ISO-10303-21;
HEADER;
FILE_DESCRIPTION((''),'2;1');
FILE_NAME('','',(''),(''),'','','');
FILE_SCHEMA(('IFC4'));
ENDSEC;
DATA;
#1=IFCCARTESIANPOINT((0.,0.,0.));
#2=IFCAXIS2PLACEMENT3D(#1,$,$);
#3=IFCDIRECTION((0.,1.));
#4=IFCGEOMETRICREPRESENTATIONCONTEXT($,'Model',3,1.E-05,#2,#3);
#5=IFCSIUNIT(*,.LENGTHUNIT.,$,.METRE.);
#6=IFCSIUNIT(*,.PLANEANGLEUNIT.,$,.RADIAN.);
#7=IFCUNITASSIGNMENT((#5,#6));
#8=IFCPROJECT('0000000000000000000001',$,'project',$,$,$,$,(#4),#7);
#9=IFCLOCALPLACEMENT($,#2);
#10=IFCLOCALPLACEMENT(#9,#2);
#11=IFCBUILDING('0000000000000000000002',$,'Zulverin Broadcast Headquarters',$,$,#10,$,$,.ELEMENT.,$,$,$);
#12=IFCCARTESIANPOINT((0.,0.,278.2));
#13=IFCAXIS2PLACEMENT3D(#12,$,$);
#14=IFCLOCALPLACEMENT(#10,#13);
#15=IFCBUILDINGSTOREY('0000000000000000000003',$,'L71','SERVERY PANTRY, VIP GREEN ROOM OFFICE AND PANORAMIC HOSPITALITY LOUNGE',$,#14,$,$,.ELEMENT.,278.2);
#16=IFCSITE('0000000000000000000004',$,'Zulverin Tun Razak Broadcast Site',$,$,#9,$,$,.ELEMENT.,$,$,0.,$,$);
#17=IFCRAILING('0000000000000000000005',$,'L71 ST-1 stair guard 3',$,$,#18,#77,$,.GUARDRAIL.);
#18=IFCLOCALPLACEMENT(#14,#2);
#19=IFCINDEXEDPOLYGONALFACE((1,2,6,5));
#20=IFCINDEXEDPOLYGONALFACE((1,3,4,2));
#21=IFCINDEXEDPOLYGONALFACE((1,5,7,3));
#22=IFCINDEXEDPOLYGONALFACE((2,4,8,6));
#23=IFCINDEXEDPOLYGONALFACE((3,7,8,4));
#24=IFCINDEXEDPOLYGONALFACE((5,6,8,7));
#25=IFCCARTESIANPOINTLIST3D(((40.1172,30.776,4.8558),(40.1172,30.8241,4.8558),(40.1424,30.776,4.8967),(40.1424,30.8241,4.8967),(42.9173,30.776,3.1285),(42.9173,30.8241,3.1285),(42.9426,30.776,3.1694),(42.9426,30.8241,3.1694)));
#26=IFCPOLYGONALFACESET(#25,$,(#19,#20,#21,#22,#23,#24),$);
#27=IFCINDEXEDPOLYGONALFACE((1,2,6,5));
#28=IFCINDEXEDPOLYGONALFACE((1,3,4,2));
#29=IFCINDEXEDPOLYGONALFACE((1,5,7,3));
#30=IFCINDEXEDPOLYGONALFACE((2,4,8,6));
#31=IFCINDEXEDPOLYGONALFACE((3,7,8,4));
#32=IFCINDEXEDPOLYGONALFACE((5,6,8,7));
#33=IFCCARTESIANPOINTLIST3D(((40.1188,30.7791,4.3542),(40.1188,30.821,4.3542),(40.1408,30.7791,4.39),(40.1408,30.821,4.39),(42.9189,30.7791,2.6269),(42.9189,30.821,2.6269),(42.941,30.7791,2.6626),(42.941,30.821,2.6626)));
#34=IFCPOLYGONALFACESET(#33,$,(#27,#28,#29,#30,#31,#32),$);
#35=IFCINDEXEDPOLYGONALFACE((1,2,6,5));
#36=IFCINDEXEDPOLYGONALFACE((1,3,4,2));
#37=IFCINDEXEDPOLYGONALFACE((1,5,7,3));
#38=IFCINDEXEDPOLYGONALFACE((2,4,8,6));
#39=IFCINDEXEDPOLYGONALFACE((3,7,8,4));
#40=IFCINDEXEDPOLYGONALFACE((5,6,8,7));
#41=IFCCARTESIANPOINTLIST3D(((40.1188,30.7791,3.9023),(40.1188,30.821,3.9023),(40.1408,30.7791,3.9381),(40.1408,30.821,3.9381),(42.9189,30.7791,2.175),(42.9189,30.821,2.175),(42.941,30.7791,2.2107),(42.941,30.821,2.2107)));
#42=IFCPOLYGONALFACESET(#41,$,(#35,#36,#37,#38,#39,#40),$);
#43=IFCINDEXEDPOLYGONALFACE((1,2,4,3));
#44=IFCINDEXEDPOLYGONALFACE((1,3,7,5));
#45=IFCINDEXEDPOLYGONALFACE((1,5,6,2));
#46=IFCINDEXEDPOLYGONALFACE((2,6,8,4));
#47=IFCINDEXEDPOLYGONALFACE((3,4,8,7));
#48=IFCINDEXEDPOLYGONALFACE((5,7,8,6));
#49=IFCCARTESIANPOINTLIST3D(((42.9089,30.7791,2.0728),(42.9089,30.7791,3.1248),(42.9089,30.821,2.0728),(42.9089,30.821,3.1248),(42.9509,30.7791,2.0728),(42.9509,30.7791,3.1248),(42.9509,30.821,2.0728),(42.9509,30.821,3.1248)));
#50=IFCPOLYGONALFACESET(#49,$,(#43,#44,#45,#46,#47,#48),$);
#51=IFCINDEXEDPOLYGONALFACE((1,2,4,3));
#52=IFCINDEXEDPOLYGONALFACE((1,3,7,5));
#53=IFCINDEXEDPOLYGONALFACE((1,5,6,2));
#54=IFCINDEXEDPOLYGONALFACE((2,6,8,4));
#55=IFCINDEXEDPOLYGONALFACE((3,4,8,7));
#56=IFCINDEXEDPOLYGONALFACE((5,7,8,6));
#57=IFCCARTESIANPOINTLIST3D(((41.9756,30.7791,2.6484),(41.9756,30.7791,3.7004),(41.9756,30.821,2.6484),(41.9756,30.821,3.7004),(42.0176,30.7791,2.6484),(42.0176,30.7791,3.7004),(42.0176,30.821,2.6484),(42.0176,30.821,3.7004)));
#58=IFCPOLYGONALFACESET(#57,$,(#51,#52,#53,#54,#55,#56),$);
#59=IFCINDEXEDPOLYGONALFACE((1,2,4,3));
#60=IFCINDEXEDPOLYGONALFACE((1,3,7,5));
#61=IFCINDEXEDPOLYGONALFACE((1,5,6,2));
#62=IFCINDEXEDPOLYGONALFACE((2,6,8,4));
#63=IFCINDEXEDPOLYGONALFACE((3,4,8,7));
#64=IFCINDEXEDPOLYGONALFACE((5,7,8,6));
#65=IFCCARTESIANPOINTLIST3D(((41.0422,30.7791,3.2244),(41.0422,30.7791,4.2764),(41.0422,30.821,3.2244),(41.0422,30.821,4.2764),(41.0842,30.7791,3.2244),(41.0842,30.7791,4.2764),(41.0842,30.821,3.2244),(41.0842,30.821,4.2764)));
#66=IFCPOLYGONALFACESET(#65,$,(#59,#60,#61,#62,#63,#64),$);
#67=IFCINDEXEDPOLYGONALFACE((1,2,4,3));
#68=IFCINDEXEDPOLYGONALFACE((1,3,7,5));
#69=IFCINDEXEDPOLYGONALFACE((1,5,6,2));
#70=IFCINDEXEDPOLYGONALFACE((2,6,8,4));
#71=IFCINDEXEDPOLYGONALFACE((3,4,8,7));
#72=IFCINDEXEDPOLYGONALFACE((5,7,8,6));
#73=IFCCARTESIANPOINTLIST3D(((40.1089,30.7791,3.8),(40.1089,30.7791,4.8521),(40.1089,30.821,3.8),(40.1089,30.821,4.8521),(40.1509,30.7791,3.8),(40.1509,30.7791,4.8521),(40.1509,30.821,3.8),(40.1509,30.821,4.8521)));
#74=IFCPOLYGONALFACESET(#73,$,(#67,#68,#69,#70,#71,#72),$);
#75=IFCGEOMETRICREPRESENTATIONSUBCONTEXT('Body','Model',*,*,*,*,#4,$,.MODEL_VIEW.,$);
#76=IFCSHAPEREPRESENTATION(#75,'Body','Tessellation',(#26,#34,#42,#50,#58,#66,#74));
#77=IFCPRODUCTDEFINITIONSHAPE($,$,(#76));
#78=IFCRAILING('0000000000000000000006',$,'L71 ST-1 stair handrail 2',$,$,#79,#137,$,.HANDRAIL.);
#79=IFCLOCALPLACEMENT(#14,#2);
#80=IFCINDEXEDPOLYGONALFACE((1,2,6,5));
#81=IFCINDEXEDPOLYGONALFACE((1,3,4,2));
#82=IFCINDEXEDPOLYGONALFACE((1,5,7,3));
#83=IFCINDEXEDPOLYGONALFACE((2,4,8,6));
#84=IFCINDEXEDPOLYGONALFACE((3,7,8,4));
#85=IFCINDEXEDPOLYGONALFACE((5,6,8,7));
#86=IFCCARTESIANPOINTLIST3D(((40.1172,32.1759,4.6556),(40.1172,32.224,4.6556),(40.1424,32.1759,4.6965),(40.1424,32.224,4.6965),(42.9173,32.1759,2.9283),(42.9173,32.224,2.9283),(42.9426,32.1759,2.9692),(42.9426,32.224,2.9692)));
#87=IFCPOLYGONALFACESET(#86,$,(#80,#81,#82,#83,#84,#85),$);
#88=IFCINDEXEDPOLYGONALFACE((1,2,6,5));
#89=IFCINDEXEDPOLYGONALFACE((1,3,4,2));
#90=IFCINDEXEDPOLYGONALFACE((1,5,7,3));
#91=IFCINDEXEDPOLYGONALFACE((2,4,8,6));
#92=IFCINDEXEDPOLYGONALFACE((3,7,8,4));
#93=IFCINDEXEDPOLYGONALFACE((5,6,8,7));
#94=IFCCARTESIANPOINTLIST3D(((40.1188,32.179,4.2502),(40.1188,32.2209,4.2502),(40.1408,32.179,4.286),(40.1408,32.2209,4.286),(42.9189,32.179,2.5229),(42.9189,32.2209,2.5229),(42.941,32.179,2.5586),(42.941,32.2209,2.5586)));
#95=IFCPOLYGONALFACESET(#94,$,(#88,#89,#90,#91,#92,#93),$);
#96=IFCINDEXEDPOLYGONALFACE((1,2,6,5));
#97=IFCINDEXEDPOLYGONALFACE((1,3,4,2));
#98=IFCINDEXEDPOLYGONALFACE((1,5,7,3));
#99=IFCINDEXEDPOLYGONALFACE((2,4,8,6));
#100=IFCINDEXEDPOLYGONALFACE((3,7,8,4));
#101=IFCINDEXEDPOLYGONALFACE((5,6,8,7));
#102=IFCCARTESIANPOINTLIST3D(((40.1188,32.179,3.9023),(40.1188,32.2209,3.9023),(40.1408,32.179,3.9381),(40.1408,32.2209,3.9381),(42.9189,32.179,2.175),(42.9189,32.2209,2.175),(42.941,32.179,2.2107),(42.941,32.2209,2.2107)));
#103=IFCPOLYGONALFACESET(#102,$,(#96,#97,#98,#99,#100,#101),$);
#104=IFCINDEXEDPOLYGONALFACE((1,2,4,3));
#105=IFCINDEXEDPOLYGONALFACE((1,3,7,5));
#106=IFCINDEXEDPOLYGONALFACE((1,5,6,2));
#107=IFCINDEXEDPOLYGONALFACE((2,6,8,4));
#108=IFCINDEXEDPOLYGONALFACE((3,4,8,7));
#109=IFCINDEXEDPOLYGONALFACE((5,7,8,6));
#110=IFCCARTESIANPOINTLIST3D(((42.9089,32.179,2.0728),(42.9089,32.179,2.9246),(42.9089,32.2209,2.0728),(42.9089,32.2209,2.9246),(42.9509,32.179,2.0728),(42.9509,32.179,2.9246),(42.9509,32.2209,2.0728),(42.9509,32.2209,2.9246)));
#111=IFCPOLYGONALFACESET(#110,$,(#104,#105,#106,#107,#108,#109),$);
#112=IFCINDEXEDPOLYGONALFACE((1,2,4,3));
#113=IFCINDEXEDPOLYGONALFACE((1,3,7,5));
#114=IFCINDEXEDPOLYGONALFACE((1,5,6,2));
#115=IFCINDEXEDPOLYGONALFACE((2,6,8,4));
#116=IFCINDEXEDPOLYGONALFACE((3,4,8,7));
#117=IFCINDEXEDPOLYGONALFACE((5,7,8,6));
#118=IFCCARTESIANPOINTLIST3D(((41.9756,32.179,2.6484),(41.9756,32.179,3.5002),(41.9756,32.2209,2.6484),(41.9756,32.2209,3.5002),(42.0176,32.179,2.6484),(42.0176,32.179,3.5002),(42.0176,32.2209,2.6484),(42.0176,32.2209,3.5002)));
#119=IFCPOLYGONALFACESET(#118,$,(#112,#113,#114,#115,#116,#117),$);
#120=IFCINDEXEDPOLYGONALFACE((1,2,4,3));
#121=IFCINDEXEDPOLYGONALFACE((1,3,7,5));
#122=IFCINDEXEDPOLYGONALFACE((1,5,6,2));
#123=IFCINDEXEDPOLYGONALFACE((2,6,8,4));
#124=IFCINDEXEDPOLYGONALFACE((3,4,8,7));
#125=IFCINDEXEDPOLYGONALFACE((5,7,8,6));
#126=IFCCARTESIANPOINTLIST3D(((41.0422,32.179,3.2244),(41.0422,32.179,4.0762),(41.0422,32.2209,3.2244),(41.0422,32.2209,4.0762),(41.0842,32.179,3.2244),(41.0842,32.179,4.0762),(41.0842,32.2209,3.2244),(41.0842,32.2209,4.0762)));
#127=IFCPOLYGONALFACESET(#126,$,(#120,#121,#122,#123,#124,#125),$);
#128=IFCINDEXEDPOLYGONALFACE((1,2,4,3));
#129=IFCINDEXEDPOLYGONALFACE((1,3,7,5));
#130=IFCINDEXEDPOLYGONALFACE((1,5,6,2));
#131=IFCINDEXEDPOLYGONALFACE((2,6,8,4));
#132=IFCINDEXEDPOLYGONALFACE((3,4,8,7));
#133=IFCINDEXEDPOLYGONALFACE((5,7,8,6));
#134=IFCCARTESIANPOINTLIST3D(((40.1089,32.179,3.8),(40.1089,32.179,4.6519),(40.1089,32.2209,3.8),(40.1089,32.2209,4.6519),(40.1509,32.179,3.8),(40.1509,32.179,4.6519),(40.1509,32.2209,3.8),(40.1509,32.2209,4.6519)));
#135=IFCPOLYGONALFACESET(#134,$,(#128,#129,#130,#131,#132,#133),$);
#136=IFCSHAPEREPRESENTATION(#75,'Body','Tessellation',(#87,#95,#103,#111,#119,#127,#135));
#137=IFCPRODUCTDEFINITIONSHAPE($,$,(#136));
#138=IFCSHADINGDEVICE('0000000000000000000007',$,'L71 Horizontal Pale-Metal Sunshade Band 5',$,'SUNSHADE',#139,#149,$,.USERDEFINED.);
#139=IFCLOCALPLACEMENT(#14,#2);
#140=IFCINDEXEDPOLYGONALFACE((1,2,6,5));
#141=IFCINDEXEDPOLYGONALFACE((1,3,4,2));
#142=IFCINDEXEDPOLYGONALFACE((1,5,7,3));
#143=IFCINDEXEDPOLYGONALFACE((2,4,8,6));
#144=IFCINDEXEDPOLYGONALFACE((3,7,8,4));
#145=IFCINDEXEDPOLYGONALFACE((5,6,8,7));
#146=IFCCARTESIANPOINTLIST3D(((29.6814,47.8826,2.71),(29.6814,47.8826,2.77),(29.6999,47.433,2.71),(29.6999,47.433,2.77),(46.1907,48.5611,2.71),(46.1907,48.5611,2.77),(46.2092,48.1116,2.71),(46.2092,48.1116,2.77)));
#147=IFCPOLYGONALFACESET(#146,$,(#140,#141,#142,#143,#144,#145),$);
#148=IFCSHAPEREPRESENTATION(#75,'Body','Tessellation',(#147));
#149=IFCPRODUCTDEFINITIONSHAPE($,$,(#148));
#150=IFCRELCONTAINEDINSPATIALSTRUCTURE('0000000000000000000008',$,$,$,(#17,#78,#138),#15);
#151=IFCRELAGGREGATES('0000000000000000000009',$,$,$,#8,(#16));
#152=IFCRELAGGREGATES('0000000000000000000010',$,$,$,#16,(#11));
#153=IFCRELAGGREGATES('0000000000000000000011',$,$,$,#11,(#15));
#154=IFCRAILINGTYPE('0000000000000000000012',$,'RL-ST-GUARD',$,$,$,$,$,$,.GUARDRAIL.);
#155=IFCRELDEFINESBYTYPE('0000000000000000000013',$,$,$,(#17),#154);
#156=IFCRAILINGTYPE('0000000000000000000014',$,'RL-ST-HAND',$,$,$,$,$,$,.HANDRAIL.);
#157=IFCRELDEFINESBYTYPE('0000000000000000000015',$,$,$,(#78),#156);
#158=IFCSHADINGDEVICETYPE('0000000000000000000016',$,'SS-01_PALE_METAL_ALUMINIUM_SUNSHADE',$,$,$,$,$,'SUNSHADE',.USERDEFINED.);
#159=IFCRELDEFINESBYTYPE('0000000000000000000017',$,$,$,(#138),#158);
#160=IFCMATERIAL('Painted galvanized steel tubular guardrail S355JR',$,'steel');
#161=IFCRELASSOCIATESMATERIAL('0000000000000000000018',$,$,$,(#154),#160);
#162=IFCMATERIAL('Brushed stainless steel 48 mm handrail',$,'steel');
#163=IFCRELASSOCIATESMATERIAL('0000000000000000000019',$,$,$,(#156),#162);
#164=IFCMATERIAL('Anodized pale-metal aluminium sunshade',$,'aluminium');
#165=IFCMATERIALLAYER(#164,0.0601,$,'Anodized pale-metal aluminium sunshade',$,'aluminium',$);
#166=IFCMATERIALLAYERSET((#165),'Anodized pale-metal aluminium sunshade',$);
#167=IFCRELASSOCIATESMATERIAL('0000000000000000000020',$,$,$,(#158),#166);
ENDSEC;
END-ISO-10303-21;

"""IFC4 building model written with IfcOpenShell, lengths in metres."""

from ifc_helpers import new_model, si_unit, direction, frame, origin, origin_2d, place, context, subcontext, project, spatial, rectangle, extrude, material, layer, layer_set, type_object, element, save


model = new_model("IFC4")

# Units and contexts
model_context = context("Model", 3, precision=1e-05, world=origin(), true_north=direction((0.0, 1.0)))
body_context = subcontext(model_context, "Body", "Model", "MODEL_VIEW")
ifc_project = project(units=[si_unit("LENGTHUNIT", "METRE"), si_unit("PLANEANGLEUNIT", "RADIAN")], contexts=[model_context])

# Site, building, storey
site_placement = place(None, origin())
site = spatial("IfcSite", under=ifc_project, at=site_placement, Name="Zulverin Tun Razak Broadcast Site", CompositionType="ELEMENT", RefElevation=0.0)
building_placement = place(site_placement, origin())
building = spatial("IfcBuilding", under=site, at=building_placement, Name="Zulverin Broadcast Headquarters", CompositionType="ELEMENT")
storey_placement = place(building_placement, frame((0.0, 0.0, 278.2)))
storey = spatial("IfcBuildingStorey", under=building, at=storey_placement, Name="L71", Description="SERVERY PANTRY, VIP GREEN ROOM OFFICE AND PANORAMIC HOSPITALITY LOUNGE", CompositionType="ELEMENT", Elevation=278.2)

# Railings
ifc_material_1 = material(Name="Painted galvanized steel tubular guardrail S355JR", Category="steel")
railing_type_1 = type_object("IfcRailingType", Name="RL-ST-GUARD", PredefinedType="GUARDRAIL", material=ifc_material_1)
railing_1_placement = place(storey_placement, frame((42.9299, 30.8, 2.0728)))
element("IfcRailing", 1, at=railing_1_placement, inside=storey, type_object=railing_type_1, Name="L71 ST-1 stair guard 3", PredefinedType="GUARDRAIL", context=body_context, shape_type="SweptSolid", body=[
    extrude(rectangle(XDim=0.0481, YDim=0.0481, at=origin_2d()), frame((0.0, 0.0, 1.0762), z_axis=(-0.85109, 0.0, 0.52502), x_axis=(0.0, -1.0, 0.0)), (0.0, 0.0, 1.0), 3.29),
    extrude(rectangle(XDim=0.042, YDim=0.042, at=origin_2d()), frame((0.0, 0.0, 0.572), z_axis=(-0.85109, 0.0, 0.52502), x_axis=(0.0, -1.0, 0.0)), (0.0, 0.0, 1.0), 3.29),
    extrude(rectangle(XDim=0.042, YDim=0.042, at=origin_2d()), frame((0.0, 0.0, 0.1201), z_axis=(-0.85109, 0.0, 0.52502), x_axis=(0.0, -1.0, 0.0)), (0.0, 0.0, 1.0), 3.29),
    extrude(rectangle(XDim=0.042, YDim=0.042, at=origin_2d()), origin(), (0.0, 0.0, 1.0), 1.052),
    extrude(rectangle(XDim=0.042, YDim=0.042, at=origin_2d()), frame((-0.9333, 0.0, 0.5757)), (0.0, 0.0, 1.0), 1.052),
    extrude(rectangle(XDim=0.042, YDim=0.042, at=origin_2d()), frame((-1.8667, 0.0, 1.1516)), (0.0, 0.0, 1.0), 1.052),
    extrude(rectangle(XDim=0.042, YDim=0.042, at=origin_2d()), frame((-2.8, 0.0, 1.7273)), (0.0, 0.0, 1.0), 1.052),
])
ifc_material_2 = material(Name="Brushed stainless steel 48 mm handrail", Category="steel")
railing_type_2 = type_object("IfcRailingType", Name="RL-ST-HAND", PredefinedType="HANDRAIL", material=ifc_material_2)
railing_2_placement = place(storey_placement, frame((42.9299, 32.2, 2.0728)))
element("IfcRailing", 2, at=railing_2_placement, inside=storey, type_object=railing_type_2, Name="L71 ST-1 stair handrail 2", PredefinedType="HANDRAIL", context=body_context, shape_type="SweptSolid", body=[
    extrude(rectangle(XDim=0.0481, YDim=0.0481, at=origin_2d()), frame((0.0, 0.0, 0.876), z_axis=(-0.85109, 0.0, 0.52502), x_axis=(0.0, -1.0, 0.0)), (0.0, 0.0, 1.0), 3.29),
    extrude(rectangle(XDim=0.042, YDim=0.042, at=origin_2d()), frame((0.0, 0.0, 0.468), z_axis=(-0.85109, 0.0, 0.52502), x_axis=(0.0, -1.0, 0.0)), (0.0, 0.0, 1.0), 3.29),
    extrude(rectangle(XDim=0.042, YDim=0.042, at=origin_2d()), frame((0.0, 0.0, 0.1201), z_axis=(-0.85109, 0.0, 0.52502), x_axis=(0.0, -1.0, 0.0)), (0.0, 0.0, 1.0), 3.29),
    extrude(rectangle(XDim=0.042, YDim=0.042, at=origin_2d()), origin(), (0.0, 0.0, 1.0), 0.8518),
    extrude(rectangle(XDim=0.042, YDim=0.042, at=origin_2d()), frame((-0.9333, 0.0, 0.5757)), (0.0, 0.0, 1.0), 0.8518),
    extrude(rectangle(XDim=0.042, YDim=0.042, at=origin_2d()), frame((-1.8667, 0.0, 1.1516)), (0.0, 0.0, 1.0), 0.8518),
    extrude(rectangle(XDim=0.042, YDim=0.042, at=origin_2d()), frame((-2.8, 0.0, 1.7273)), (0.0, 0.0, 1.0), 0.8518),
])

# Shading device
ifc_material_3 = material(Name="Anodized pale-metal aluminium sunshade", Category="aluminium")
ifc_layer_1 = layer(ifc_material_3, 0.0601, Name="Anodized pale-metal aluminium sunshade", Category="aluminium")
ifc_layer_set_1 = layer_set([ifc_layer_1], Name="Anodized pale-metal aluminium sunshade")
shading_device_type = type_object("IfcShadingDeviceType", Name="SS-01_PALE_METAL_ALUMINIUM_SUNSHADE", ElementType="SUNSHADE", PredefinedType="USERDEFINED", material=ifc_layer_set_1)
shading_device_placement = place(storey_placement, frame((37.9453, 47.9971, 2.71), z_axis=(0.0, 0.0, 1.0), x_axis=(-0.999156, -0.041068, 0.0)))
element("IfcShadingDevice", 3, at=shading_device_placement, inside=storey, type_object=shading_device_type, Name="L71 Horizontal Pale-Metal Sunshade Band 5", ObjectType="SUNSHADE", PredefinedType="USERDEFINED", context=body_context, shape_type="SweptSolid", body=[
    extrude(rectangle(XDim=16.5232, YDim=0.45, at=origin_2d()), origin(), (0.0, 0.0, 1.0), 0.0601),
])

save(model, "model.ifc")
